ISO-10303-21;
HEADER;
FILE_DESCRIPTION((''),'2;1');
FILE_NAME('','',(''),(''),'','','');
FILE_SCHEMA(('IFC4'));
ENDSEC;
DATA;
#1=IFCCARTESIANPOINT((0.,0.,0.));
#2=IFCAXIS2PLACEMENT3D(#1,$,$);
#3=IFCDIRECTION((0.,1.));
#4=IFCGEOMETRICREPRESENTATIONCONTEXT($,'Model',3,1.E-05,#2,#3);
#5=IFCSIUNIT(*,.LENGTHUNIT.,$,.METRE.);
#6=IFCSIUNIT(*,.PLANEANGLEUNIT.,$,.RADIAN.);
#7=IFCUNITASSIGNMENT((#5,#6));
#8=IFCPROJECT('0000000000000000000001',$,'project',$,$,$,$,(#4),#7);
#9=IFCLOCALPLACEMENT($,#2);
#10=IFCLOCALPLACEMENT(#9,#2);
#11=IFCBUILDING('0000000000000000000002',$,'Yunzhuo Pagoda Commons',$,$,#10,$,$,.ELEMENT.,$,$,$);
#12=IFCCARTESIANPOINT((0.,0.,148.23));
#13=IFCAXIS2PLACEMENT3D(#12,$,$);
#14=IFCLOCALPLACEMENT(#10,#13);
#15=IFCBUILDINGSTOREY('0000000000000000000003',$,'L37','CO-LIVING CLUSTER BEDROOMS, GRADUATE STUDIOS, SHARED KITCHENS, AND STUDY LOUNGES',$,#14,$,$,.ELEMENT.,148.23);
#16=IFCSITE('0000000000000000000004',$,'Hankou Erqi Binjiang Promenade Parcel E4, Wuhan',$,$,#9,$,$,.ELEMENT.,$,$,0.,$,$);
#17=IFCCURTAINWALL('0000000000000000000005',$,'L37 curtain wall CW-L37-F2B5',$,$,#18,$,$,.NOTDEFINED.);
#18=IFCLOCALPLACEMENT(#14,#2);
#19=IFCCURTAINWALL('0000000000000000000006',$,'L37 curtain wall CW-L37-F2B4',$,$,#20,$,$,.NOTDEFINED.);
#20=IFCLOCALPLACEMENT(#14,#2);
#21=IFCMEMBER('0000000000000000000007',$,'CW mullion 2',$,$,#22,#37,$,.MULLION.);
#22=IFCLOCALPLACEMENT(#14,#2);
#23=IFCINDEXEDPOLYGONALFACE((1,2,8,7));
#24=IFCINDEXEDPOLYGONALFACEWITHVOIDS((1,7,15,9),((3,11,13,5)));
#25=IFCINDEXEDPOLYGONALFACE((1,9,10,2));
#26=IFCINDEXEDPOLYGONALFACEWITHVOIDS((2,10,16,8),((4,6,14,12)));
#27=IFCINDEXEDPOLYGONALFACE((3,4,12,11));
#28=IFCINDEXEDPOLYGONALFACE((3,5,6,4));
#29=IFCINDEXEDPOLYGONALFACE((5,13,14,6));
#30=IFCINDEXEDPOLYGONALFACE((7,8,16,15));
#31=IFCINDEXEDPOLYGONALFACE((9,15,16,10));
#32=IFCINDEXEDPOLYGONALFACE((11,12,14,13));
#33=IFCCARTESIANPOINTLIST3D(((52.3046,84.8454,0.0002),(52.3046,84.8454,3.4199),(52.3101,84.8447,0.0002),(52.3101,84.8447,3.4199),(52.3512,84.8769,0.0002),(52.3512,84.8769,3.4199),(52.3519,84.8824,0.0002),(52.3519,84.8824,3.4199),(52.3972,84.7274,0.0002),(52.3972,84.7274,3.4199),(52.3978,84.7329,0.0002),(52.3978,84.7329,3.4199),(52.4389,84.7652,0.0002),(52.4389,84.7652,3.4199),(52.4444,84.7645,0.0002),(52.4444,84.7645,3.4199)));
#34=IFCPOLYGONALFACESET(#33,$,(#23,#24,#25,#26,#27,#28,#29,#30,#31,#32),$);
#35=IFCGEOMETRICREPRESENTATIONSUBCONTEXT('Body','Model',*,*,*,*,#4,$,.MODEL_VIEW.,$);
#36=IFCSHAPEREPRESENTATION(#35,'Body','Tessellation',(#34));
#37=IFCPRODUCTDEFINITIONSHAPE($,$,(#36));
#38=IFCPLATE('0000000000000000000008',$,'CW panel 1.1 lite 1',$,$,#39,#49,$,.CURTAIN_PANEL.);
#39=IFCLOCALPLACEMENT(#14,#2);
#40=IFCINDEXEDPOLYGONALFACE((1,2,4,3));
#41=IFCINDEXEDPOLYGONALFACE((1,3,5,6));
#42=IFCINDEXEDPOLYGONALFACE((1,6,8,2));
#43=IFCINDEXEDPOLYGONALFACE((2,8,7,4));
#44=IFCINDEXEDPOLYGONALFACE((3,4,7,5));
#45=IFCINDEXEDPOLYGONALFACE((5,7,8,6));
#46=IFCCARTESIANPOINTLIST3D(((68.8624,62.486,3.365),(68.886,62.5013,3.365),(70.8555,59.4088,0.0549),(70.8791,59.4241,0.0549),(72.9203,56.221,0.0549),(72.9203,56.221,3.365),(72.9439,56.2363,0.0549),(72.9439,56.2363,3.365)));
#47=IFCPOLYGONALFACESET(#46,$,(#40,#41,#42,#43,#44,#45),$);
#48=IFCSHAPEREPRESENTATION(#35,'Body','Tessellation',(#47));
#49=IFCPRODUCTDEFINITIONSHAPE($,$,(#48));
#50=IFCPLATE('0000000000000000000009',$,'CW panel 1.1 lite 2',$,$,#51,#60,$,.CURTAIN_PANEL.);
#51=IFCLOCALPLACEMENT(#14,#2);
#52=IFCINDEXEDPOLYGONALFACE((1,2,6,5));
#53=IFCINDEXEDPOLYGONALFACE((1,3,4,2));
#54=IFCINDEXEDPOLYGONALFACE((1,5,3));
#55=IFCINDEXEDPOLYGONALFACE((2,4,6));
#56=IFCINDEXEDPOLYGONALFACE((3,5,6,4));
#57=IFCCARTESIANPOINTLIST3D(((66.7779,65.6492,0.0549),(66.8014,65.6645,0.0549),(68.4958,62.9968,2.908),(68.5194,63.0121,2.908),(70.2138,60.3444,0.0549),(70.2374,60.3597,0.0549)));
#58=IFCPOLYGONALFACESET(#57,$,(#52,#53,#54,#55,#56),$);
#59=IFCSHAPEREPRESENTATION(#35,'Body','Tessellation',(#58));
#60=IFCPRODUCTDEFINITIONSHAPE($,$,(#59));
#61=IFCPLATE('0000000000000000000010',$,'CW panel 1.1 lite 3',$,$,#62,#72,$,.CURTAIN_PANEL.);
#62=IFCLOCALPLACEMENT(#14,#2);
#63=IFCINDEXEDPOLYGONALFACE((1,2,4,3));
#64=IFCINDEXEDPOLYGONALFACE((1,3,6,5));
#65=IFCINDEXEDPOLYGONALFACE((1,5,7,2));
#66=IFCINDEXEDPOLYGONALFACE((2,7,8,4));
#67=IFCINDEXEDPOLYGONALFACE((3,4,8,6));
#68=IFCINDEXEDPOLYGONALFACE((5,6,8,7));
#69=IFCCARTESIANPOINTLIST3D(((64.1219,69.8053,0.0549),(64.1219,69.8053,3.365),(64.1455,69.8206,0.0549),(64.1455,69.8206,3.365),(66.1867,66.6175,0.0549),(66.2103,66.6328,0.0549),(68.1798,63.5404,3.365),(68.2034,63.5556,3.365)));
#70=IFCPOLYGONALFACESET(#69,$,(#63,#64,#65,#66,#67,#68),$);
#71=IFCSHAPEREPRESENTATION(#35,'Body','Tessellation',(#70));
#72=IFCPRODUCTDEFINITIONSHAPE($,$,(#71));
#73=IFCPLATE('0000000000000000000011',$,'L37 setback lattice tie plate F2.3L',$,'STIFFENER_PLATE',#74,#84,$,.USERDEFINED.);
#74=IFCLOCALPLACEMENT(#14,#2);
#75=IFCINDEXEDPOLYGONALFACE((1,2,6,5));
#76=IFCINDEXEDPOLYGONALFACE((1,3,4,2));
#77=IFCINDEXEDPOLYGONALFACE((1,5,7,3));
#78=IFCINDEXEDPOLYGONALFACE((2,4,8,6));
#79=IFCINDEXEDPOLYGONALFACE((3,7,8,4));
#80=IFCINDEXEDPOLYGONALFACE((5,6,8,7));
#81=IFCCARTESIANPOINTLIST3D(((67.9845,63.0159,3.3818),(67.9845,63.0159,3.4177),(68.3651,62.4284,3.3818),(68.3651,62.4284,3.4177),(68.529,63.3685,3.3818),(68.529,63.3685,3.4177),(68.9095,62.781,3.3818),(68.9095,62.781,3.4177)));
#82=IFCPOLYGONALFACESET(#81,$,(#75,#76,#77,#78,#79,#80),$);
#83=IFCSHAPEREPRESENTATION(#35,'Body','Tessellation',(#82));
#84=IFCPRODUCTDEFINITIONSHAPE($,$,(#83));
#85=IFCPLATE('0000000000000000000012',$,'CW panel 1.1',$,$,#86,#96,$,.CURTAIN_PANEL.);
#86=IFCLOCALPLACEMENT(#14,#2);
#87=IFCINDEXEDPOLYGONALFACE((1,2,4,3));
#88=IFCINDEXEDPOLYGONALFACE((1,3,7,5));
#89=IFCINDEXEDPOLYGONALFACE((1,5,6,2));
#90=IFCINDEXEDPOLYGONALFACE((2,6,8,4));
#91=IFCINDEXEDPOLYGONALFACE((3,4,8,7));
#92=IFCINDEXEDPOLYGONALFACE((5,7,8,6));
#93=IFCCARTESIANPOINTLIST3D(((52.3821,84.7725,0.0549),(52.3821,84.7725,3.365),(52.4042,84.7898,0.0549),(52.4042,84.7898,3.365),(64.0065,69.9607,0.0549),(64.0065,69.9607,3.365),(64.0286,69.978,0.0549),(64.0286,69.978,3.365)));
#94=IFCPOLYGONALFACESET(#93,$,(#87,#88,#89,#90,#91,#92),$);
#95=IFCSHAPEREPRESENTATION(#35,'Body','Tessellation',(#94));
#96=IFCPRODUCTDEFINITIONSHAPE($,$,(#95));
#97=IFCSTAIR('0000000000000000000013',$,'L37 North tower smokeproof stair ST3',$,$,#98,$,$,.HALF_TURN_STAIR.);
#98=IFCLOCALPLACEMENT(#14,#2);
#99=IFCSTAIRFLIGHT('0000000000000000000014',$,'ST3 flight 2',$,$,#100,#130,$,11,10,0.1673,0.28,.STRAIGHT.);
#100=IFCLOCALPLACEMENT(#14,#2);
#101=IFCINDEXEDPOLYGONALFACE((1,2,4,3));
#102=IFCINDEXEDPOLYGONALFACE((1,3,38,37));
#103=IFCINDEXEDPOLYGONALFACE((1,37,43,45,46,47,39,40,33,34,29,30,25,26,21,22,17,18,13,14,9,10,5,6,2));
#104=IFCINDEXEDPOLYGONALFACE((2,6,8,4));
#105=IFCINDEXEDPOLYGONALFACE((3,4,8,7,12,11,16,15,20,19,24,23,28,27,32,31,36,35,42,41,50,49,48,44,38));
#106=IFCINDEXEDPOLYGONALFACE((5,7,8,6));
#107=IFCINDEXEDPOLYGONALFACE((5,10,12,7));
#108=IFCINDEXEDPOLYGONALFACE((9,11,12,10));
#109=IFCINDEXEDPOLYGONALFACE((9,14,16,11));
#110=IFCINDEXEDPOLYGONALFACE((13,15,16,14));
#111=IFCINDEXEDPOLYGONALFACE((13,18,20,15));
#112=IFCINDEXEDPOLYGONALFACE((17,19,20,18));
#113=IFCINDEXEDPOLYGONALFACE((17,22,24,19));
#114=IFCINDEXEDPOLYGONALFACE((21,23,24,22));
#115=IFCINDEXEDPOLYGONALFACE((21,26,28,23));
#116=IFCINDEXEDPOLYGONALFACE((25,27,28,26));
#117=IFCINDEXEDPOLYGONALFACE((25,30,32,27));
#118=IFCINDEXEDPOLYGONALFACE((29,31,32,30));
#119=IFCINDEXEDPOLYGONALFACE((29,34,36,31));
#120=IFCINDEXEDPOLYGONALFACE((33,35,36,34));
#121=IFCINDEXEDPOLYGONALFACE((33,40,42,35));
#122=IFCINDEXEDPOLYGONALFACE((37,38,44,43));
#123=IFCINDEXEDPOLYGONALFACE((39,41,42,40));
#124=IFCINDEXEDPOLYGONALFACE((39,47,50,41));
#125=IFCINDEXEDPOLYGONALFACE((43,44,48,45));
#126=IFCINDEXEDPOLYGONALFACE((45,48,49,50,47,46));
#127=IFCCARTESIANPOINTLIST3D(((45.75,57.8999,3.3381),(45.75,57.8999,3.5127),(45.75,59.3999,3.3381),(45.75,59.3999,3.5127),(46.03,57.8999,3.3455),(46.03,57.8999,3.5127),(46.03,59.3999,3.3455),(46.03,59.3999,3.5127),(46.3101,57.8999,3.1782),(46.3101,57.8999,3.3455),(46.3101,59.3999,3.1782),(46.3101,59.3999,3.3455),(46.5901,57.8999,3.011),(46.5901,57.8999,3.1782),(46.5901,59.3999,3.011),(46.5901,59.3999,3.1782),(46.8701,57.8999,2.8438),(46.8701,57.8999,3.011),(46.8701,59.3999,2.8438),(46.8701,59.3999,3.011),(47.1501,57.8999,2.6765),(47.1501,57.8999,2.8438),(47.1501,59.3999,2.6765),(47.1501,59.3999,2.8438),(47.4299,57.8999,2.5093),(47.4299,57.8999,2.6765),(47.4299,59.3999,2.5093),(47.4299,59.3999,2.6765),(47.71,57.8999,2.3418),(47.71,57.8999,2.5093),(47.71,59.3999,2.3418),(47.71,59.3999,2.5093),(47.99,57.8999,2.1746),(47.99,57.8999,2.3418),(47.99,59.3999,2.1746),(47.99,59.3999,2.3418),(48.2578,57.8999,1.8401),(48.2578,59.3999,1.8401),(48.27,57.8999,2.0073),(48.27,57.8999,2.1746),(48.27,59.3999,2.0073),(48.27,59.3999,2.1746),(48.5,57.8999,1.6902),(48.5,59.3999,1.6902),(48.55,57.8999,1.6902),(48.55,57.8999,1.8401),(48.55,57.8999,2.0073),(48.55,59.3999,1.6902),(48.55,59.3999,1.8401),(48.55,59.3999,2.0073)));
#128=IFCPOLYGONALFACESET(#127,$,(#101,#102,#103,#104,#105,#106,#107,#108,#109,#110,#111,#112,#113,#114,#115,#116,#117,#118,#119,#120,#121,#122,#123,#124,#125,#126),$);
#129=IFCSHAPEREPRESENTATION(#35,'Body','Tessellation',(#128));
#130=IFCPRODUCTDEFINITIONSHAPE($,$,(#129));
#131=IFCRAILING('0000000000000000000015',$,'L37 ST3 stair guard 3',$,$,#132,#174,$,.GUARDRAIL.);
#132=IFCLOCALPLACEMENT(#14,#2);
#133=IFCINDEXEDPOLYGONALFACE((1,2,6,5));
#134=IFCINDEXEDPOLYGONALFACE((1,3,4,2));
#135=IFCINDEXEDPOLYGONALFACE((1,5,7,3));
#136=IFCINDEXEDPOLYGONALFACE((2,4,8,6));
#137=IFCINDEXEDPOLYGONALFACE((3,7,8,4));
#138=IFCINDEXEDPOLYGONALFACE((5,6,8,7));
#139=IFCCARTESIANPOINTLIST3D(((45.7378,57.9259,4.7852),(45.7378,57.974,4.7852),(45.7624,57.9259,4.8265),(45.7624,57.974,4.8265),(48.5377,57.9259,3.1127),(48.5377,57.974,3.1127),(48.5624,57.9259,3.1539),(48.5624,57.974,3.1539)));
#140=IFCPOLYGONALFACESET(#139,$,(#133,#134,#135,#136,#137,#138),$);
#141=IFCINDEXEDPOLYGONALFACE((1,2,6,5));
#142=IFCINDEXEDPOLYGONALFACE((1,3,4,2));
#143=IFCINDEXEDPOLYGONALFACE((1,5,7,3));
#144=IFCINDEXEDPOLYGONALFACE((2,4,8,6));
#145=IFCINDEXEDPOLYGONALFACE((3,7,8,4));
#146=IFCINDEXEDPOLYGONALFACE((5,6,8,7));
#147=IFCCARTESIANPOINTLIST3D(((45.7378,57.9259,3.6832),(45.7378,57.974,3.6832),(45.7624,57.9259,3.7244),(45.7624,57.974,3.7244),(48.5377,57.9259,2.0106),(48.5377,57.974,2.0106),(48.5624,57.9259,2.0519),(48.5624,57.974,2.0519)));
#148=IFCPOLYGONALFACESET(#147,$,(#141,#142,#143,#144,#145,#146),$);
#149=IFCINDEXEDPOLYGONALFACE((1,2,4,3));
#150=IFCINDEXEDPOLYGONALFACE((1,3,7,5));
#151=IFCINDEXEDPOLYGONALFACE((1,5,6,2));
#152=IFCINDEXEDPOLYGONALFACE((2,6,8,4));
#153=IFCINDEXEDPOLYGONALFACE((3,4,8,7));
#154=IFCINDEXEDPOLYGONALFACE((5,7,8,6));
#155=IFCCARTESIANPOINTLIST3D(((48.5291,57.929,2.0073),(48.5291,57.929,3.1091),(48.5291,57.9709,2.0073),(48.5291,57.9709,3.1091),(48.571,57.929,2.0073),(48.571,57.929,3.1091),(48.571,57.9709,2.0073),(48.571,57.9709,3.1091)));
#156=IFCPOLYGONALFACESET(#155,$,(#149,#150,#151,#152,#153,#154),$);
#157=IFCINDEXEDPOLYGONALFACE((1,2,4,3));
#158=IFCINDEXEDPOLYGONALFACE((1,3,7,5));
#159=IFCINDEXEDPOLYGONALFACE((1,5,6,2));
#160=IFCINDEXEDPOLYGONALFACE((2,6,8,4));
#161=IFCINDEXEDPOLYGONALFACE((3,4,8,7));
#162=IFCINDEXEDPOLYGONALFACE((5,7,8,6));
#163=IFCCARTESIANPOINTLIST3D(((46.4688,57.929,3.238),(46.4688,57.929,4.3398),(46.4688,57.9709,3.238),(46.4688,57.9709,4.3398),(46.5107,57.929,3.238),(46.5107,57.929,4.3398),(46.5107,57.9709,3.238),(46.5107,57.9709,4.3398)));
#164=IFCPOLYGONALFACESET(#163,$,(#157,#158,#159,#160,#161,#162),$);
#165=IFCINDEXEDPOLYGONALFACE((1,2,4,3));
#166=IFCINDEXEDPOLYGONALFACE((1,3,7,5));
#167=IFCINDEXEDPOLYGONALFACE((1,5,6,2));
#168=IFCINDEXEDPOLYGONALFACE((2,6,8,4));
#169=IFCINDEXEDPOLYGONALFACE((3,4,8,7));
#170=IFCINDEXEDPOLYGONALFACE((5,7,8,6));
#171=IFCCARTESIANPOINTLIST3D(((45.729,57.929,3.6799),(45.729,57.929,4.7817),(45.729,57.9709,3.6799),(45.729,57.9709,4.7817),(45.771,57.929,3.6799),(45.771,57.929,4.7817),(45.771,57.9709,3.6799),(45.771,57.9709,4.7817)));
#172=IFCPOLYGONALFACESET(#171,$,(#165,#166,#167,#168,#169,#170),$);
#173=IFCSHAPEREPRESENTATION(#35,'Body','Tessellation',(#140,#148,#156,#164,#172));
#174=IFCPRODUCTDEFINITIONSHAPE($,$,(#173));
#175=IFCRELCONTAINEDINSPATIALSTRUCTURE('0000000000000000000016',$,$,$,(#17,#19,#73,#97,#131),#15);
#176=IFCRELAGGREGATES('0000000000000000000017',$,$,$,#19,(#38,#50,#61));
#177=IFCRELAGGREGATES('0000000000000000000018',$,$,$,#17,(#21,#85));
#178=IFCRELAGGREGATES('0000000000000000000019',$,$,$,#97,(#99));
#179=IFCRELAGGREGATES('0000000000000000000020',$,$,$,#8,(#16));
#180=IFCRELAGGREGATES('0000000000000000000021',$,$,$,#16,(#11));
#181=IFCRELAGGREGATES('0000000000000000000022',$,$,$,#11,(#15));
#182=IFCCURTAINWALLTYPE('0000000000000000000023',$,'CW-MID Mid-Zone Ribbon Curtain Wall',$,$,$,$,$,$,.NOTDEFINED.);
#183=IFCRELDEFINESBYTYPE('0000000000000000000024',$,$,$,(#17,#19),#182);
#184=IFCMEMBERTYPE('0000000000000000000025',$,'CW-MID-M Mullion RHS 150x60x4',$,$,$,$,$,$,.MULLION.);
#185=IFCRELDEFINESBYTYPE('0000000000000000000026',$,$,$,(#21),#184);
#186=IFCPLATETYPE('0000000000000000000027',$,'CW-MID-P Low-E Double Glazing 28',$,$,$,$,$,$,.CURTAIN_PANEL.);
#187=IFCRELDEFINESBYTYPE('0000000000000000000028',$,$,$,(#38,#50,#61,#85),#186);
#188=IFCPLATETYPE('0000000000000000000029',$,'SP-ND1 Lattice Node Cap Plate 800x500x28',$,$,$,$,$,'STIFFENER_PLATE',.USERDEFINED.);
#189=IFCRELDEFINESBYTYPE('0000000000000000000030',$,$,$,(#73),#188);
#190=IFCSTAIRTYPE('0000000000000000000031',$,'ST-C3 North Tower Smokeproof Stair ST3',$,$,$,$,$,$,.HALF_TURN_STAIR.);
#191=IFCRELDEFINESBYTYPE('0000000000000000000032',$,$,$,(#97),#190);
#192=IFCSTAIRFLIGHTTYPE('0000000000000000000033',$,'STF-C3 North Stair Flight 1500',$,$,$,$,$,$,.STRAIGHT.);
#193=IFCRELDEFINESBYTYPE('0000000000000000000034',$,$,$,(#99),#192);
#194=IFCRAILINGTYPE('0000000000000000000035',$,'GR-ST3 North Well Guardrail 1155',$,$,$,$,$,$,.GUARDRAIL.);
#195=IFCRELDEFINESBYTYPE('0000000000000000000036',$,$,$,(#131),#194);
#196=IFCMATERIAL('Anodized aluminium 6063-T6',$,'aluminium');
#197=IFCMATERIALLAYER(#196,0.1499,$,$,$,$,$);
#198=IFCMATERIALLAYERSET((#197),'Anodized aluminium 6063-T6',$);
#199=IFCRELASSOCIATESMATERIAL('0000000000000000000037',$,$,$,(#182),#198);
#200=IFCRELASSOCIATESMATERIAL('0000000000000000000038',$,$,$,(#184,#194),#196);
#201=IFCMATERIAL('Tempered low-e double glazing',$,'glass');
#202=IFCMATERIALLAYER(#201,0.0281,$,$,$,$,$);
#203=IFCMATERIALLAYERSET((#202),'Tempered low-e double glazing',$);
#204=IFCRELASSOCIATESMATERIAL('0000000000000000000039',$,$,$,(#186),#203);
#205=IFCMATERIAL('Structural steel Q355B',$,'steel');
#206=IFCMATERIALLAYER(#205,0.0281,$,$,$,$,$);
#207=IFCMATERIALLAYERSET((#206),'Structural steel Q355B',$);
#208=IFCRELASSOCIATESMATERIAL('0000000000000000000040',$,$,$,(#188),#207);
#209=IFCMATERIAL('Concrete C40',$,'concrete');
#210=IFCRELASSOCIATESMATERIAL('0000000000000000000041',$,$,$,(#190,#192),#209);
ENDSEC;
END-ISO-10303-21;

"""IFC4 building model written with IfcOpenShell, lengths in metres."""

from ifc_helpers import new_model, si_unit, direction, frame, origin, origin_2d, place, context, subcontext, project, spatial, polyline, rectangle, hollow_rectangle, outline, extrude, source, transform, mapped, material, layer, layer_set, material_profile, profile_set, type_object, element, aggregate, save


model = new_model("IFC4")

# Units and contexts
model_context = context("Model", 3, precision=1e-05, world=origin(), true_north=direction((0.0, 1.0)))
body_context = subcontext(model_context, "Body", "Model", "MODEL_VIEW")
ifc_project = project(units=[si_unit("LENGTHUNIT", "METRE"), si_unit("PLANEANGLEUNIT", "RADIAN")], contexts=[model_context])

# Site, building, storey
site_placement = place(None, origin())
site = spatial("IfcSite", under=ifc_project, at=site_placement, Name="Hankou Erqi Binjiang Promenade Parcel E4, Wuhan", CompositionType="ELEMENT", RefElevation=0.0)
building_placement = place(site_placement, origin())
building = spatial("IfcBuilding", under=site, at=building_placement, Name="Yunzhuo Pagoda Commons", CompositionType="ELEMENT")
storey_placement = place(building_placement, frame((0.0, 0.0, 148.23)))
storey = spatial("IfcBuildingStorey", under=building, at=storey_placement, Name="L37", Description="CO-LIVING CLUSTER BEDROOMS, GRADUATE STUDIOS, SHARED KITCHENS, AND STUDY LOUNGES", CompositionType="ELEMENT", Elevation=148.23)

# Shared definitions
ifc_material_1 = material(Name="Structural steel Q355B", Category="steel")

# Curtain wall
ifc_material_2 = material(Name="Anodized aluminium 6063-T6", Category="aluminium")
ifc_layer_1 = layer(ifc_material_2, 0.1499)
ifc_layer_set_1 = layer_set([ifc_layer_1], Name="Anodized aluminium 6063-T6")
curtain_wall_type = type_object("IfcCurtainWallType", Name="CW-MID Mid-Zone Ribbon Curtain Wall", PredefinedType="NOTDEFINED", material=ifc_layer_set_1)
curtain_wall_1_placement = place(storey_placement, origin())
curtain_wall_1 = element("IfcCurtainWall", 1, at=curtain_wall_1_placement, inside=storey, type_object=curtain_wall_type, Name="L37 curtain wall CW-L37-F2B5", PredefinedType="NOTDEFINED")

# Curtain wall
curtain_wall_2_placement = place(storey_placement, origin())
curtain_wall_2 = element("IfcCurtainWall", 2, at=curtain_wall_2_placement, inside=storey, type_object=curtain_wall_type, Name="L37 curtain wall CW-L37-F2B4", PredefinedType="NOTDEFINED")
ifc_material_profile_1 = material_profile(ifc_material_2, hollow_rectangle(XDim=0.0601, YDim=0.1499, WallThickness=0.0039, at=origin_2d()), Name="Anodized aluminium 6063-T6")
ifc_profile_set_1 = profile_set([ifc_material_profile_1], Name="Anodized aluminium 6063-T6")
member_type_1 = type_object("IfcMemberType", Name="CW-MID-M Mullion RHS 150x60x4", PredefinedType="MULLION", material=ifc_profile_set_1)
shared_shape_1 = source(origin(), body_context, "Body", "SweptSolid", [
    extrude(hollow_rectangle(XDim=0.0601, YDim=0.1499, WallThickness=0.0039, at=origin_2d()), origin(), (0.0, 0.0, 1.0), 3.4197),
])

# Member
member_1_placement = place(storey_placement, frame((52.3745, 84.8049, 0.0002), z_axis=(0.0, 0.0, 1.0), x_axis=(-0.786665, -0.61738, 0.0)))
member_1 = element("IfcMember", 3, at=member_1_placement, type_object=member_type_1, Name="CW mullion 2", PredefinedType="MULLION", context=body_context, shape_type="MappedRepresentation", body=[
    mapped(shared_shape_1, transform((0.0, 0.0, 0.0), scale=1.0)),
])

# Plates
ifc_material_3 = material(Name="Tempered low-e double glazing", Category="glass")
ifc_layer_2 = layer(ifc_material_3, 0.0281)
ifc_layer_set_2 = layer_set([ifc_layer_2], Name="Tempered low-e double glazing")
plate_type_1 = type_object("IfcPlateType", Name="CW-MID-P Low-E Double Glazing 28", PredefinedType="CURTAIN_PANEL", material=ifc_layer_set_2)
plate_1_placement = place(storey_placement, frame((70.8914, 59.3535, 1.71), z_axis=(0.83932, 0.543637, 0.0), x_axis=(-0.543637, 0.83932, 0.0)))
plate_1 = element("IfcPlate", 4, at=plate_1_placement, type_object=plate_type_1, Name="CW panel 1.1 lite 1", PredefinedType="CURTAIN_PANEL", context=body_context, shape_type="SweptSolid", body=[
    extrude(outline(polyline([(-3.7322, -1.655), (0.0659, -1.655), (3.7322, 1.655), (-3.7322, 1.655), (-3.7322, -1.655)])), origin(), (0.0, 0.0, 1.0), 0.0281),
])
plate_2_placement = place(storey_placement, frame((68.4958, 62.9968, 1.4814), z_axis=(0.83932, 0.543637, 0.0), x_axis=(-0.543637, 0.83932, 0.0)))
plate_2 = element("IfcPlate", 5, at=plate_2_placement, type_object=plate_type_1, Name="CW panel 1.1 lite 2", PredefinedType="CURTAIN_PANEL", context=body_context, shape_type="SweptSolid", body=[
    extrude(outline(polyline([(-3.1602, -1.4265), (3.1602, -1.4265), (0.0, 1.4265), (-3.1602, -1.4265)])), origin(), (0.0, 0.0, 1.0), 0.0281),
])
plate_3_placement = place(storey_placement, frame((66.1509, 66.6729, 1.71), z_axis=(0.83932, 0.543637, 0.0), x_axis=(-0.543637, 0.83932, 0.0)))
plate_3 = element("IfcPlate", 6, at=plate_3_placement, type_object=plate_type_1, Name="CW panel 1.1 lite 3", PredefinedType="CURTAIN_PANEL", context=body_context, shape_type="SweptSolid", body=[
    extrude(outline(polyline([(-3.7322, 1.655), (-0.0659, -1.655), (3.7322, -1.655), (3.7322, 1.655), (-3.7322, 1.655)])), origin(), (0.0, 0.0, 1.0), 0.0281),
])
aggregate(curtain_wall_2, [plate_1, plate_2, plate_3])
ifc_layer_3 = layer(ifc_material_1, 0.0281)
ifc_layer_set_3 = layer_set([ifc_layer_3], Name="Structural steel Q355B")
plate_type_2 = type_object("IfcPlateType", Name="SP-ND1 Lattice Node Cap Plate 800x500x28", ElementType="STIFFENER_PLATE", PredefinedType="USERDEFINED", material=ifc_layer_set_3)
shared_shape_2 = source(origin(), body_context, "Body", "SweptSolid", [
    extrude(rectangle(XDim=0.7, YDim=0.6487, at=origin_2d()), origin(), (0.0, 0.0, 1.0), 0.0359),
])
plate_4_placement = place(storey_placement, frame((68.447, 62.8984, 3.3818), z_axis=(0.0, 0.0, 1.0), x_axis=(-0.543643, 0.839316, 0.0)))
element("IfcPlate", 7, at=plate_4_placement, inside=storey, type_object=plate_type_2, Name="L37 setback lattice tie plate F2.3L", ObjectType="STIFFENER_PLATE", PredefinedType="USERDEFINED", context=body_context, shape_type="MappedRepresentation", body=[
    mapped(shared_shape_2, transform((0.0, 0.0, 0.0), scale=1.0)),
])
shared_shape_3 = source(origin(), body_context, "Body", "SweptSolid", [
    extrude(rectangle(XDim=18.8286, YDim=0.0281, at=origin_2d()), origin(), (0.0, 0.0, 1.0), 3.3101),
])
plate_5_placement = place(storey_placement, frame((58.2053, 77.3752, 0.0549), z_axis=(0.0, 0.0, 1.0), x_axis=(-0.61738, 0.786665, 0.0)))
plate_5 = element("IfcPlate", 8, at=plate_5_placement, type_object=plate_type_1, Name="CW panel 1.1", PredefinedType="CURTAIN_PANEL", context=body_context, shape_type="MappedRepresentation", body=[
    mapped(shared_shape_3, transform((0.0, 0.0, 0.0), scale=1.0)),
])
aggregate(curtain_wall_1, [member_1, plate_5])

# Stair, stair flight
ifc_material_4 = material(Name="Concrete C40", Category="concrete")
stair_type = type_object("IfcStairType", Name="ST-C3 North Tower Smokeproof Stair ST3", PredefinedType="HALF_TURN_STAIR", material=ifc_material_4)
stair_placement = place(storey_placement, origin())
stair = element("IfcStair", 9, at=stair_placement, inside=storey, type_object=stair_type, Name="L37 North tower smokeproof stair ST3", PredefinedType="HALF_TURN_STAIR")
stair_flight_type = type_object("IfcStairFlightType", Name="STF-C3 North Stair Flight 1500", PredefinedType="STRAIGHT", material=ifc_material_4)
shared_shape_4 = source(origin(), body_context, "Body", "SweptSolid", [
    extrude(outline(polyline([(0.0, -0.1499), (0.0, 0.0), (0.0, 0.1672), (0.28, 0.1672), (0.28, 0.3345), (0.5601, 0.3345), (0.5601, 0.5017), (0.8401, 0.5017), (0.8401, 0.6692), (1.1201, 0.6692), (1.1201, 0.8364), (1.3999, 0.8364), (1.3999, 1.0037), (1.6799, 1.0037), (1.6799, 1.1709), (1.96, 1.1709), (1.96, 1.3381), (2.24, 1.3381), (2.24, 1.5054), (2.52, 1.5054), (2.52, 1.6726), (2.8, 1.6726), (2.8, 1.8401), (2.8, 1.498), (0.2922, 0.0), (0.05, -0.1499), (0.0, -0.1499)])), frame((0.0, 0.75, 0.0), z_axis=(0.0, -1.0, 0.0), x_axis=(1.0, 0.0, 0.0)), (0.0, 0.0, 1.0), 1.5),
])
stair_flight_placement = place(storey_placement, frame((48.55, 58.6499, 1.8401), z_axis=(0.0, 0.0, 1.0), x_axis=(-1.0, 0.0, 0.0)))
stair_flight = element("IfcStairFlight", 10, at=stair_flight_placement, type_object=stair_flight_type, Name="ST3 flight 2", NumberOfRisers=11, NumberOfTreads=10, PredefinedType="STRAIGHT", RiserHeight=0.1673, TreadLength=0.28, context=body_context, shape_type="MappedRepresentation", body=[
    mapped(shared_shape_4, transform((0.0, 0.0, 0.0), scale=1.0)),
])
aggregate(stair, [stair_flight])

# Railing
railing_type_1 = type_object("IfcRailingType", Name="GR-ST3 North Well Guardrail 1155", PredefinedType="GUARDRAIL", material=ifc_material_2)
railing_1_placement = place(storey_placement, frame((48.55, 57.95, 2.0073)))
element("IfcRailing", 11, at=railing_1_placement, inside=storey, type_object=railing_type_1, Name="L37 ST3 stair guard 3", PredefinedType="GUARDRAIL", context=body_context, shape_type="SweptSolid", body=[
    extrude(rectangle(XDim=0.0481, YDim=0.0481, at=origin_2d()), frame((0.0, 0.0, 1.126), z_axis=(-0.858495, 0.0, 0.512822), x_axis=(0.0, -1.0, 0.0)), (0.0, 0.0, 1.0), 3.2615),
    extrude(rectangle(XDim=0.0481, YDim=0.0481, at=origin_2d()), frame((0.0, 0.0, 0.0239), z_axis=(-0.858495, 0.0, 0.512822), x_axis=(0.0, -1.0, 0.0)), (0.0, 0.0, 1.0), 3.2615),
    extrude(rectangle(XDim=0.042, YDim=0.042, at=origin_2d()), origin(), (0.0, 0.0, 1.0), 1.1018),
    extrude(rectangle(XDim=0.042, YDim=0.042, at=origin_2d()), frame((-2.0603, 0.0, 1.2307)), (0.0, 0.0, 1.0), 1.1018),
    extrude(rectangle(XDim=0.042, YDim=0.042, at=origin_2d()), frame((-2.8, 0.0, 1.6726)), (0.0, 0.0, 1.0), 1.1018),
])

save(model, "model.ifc")
